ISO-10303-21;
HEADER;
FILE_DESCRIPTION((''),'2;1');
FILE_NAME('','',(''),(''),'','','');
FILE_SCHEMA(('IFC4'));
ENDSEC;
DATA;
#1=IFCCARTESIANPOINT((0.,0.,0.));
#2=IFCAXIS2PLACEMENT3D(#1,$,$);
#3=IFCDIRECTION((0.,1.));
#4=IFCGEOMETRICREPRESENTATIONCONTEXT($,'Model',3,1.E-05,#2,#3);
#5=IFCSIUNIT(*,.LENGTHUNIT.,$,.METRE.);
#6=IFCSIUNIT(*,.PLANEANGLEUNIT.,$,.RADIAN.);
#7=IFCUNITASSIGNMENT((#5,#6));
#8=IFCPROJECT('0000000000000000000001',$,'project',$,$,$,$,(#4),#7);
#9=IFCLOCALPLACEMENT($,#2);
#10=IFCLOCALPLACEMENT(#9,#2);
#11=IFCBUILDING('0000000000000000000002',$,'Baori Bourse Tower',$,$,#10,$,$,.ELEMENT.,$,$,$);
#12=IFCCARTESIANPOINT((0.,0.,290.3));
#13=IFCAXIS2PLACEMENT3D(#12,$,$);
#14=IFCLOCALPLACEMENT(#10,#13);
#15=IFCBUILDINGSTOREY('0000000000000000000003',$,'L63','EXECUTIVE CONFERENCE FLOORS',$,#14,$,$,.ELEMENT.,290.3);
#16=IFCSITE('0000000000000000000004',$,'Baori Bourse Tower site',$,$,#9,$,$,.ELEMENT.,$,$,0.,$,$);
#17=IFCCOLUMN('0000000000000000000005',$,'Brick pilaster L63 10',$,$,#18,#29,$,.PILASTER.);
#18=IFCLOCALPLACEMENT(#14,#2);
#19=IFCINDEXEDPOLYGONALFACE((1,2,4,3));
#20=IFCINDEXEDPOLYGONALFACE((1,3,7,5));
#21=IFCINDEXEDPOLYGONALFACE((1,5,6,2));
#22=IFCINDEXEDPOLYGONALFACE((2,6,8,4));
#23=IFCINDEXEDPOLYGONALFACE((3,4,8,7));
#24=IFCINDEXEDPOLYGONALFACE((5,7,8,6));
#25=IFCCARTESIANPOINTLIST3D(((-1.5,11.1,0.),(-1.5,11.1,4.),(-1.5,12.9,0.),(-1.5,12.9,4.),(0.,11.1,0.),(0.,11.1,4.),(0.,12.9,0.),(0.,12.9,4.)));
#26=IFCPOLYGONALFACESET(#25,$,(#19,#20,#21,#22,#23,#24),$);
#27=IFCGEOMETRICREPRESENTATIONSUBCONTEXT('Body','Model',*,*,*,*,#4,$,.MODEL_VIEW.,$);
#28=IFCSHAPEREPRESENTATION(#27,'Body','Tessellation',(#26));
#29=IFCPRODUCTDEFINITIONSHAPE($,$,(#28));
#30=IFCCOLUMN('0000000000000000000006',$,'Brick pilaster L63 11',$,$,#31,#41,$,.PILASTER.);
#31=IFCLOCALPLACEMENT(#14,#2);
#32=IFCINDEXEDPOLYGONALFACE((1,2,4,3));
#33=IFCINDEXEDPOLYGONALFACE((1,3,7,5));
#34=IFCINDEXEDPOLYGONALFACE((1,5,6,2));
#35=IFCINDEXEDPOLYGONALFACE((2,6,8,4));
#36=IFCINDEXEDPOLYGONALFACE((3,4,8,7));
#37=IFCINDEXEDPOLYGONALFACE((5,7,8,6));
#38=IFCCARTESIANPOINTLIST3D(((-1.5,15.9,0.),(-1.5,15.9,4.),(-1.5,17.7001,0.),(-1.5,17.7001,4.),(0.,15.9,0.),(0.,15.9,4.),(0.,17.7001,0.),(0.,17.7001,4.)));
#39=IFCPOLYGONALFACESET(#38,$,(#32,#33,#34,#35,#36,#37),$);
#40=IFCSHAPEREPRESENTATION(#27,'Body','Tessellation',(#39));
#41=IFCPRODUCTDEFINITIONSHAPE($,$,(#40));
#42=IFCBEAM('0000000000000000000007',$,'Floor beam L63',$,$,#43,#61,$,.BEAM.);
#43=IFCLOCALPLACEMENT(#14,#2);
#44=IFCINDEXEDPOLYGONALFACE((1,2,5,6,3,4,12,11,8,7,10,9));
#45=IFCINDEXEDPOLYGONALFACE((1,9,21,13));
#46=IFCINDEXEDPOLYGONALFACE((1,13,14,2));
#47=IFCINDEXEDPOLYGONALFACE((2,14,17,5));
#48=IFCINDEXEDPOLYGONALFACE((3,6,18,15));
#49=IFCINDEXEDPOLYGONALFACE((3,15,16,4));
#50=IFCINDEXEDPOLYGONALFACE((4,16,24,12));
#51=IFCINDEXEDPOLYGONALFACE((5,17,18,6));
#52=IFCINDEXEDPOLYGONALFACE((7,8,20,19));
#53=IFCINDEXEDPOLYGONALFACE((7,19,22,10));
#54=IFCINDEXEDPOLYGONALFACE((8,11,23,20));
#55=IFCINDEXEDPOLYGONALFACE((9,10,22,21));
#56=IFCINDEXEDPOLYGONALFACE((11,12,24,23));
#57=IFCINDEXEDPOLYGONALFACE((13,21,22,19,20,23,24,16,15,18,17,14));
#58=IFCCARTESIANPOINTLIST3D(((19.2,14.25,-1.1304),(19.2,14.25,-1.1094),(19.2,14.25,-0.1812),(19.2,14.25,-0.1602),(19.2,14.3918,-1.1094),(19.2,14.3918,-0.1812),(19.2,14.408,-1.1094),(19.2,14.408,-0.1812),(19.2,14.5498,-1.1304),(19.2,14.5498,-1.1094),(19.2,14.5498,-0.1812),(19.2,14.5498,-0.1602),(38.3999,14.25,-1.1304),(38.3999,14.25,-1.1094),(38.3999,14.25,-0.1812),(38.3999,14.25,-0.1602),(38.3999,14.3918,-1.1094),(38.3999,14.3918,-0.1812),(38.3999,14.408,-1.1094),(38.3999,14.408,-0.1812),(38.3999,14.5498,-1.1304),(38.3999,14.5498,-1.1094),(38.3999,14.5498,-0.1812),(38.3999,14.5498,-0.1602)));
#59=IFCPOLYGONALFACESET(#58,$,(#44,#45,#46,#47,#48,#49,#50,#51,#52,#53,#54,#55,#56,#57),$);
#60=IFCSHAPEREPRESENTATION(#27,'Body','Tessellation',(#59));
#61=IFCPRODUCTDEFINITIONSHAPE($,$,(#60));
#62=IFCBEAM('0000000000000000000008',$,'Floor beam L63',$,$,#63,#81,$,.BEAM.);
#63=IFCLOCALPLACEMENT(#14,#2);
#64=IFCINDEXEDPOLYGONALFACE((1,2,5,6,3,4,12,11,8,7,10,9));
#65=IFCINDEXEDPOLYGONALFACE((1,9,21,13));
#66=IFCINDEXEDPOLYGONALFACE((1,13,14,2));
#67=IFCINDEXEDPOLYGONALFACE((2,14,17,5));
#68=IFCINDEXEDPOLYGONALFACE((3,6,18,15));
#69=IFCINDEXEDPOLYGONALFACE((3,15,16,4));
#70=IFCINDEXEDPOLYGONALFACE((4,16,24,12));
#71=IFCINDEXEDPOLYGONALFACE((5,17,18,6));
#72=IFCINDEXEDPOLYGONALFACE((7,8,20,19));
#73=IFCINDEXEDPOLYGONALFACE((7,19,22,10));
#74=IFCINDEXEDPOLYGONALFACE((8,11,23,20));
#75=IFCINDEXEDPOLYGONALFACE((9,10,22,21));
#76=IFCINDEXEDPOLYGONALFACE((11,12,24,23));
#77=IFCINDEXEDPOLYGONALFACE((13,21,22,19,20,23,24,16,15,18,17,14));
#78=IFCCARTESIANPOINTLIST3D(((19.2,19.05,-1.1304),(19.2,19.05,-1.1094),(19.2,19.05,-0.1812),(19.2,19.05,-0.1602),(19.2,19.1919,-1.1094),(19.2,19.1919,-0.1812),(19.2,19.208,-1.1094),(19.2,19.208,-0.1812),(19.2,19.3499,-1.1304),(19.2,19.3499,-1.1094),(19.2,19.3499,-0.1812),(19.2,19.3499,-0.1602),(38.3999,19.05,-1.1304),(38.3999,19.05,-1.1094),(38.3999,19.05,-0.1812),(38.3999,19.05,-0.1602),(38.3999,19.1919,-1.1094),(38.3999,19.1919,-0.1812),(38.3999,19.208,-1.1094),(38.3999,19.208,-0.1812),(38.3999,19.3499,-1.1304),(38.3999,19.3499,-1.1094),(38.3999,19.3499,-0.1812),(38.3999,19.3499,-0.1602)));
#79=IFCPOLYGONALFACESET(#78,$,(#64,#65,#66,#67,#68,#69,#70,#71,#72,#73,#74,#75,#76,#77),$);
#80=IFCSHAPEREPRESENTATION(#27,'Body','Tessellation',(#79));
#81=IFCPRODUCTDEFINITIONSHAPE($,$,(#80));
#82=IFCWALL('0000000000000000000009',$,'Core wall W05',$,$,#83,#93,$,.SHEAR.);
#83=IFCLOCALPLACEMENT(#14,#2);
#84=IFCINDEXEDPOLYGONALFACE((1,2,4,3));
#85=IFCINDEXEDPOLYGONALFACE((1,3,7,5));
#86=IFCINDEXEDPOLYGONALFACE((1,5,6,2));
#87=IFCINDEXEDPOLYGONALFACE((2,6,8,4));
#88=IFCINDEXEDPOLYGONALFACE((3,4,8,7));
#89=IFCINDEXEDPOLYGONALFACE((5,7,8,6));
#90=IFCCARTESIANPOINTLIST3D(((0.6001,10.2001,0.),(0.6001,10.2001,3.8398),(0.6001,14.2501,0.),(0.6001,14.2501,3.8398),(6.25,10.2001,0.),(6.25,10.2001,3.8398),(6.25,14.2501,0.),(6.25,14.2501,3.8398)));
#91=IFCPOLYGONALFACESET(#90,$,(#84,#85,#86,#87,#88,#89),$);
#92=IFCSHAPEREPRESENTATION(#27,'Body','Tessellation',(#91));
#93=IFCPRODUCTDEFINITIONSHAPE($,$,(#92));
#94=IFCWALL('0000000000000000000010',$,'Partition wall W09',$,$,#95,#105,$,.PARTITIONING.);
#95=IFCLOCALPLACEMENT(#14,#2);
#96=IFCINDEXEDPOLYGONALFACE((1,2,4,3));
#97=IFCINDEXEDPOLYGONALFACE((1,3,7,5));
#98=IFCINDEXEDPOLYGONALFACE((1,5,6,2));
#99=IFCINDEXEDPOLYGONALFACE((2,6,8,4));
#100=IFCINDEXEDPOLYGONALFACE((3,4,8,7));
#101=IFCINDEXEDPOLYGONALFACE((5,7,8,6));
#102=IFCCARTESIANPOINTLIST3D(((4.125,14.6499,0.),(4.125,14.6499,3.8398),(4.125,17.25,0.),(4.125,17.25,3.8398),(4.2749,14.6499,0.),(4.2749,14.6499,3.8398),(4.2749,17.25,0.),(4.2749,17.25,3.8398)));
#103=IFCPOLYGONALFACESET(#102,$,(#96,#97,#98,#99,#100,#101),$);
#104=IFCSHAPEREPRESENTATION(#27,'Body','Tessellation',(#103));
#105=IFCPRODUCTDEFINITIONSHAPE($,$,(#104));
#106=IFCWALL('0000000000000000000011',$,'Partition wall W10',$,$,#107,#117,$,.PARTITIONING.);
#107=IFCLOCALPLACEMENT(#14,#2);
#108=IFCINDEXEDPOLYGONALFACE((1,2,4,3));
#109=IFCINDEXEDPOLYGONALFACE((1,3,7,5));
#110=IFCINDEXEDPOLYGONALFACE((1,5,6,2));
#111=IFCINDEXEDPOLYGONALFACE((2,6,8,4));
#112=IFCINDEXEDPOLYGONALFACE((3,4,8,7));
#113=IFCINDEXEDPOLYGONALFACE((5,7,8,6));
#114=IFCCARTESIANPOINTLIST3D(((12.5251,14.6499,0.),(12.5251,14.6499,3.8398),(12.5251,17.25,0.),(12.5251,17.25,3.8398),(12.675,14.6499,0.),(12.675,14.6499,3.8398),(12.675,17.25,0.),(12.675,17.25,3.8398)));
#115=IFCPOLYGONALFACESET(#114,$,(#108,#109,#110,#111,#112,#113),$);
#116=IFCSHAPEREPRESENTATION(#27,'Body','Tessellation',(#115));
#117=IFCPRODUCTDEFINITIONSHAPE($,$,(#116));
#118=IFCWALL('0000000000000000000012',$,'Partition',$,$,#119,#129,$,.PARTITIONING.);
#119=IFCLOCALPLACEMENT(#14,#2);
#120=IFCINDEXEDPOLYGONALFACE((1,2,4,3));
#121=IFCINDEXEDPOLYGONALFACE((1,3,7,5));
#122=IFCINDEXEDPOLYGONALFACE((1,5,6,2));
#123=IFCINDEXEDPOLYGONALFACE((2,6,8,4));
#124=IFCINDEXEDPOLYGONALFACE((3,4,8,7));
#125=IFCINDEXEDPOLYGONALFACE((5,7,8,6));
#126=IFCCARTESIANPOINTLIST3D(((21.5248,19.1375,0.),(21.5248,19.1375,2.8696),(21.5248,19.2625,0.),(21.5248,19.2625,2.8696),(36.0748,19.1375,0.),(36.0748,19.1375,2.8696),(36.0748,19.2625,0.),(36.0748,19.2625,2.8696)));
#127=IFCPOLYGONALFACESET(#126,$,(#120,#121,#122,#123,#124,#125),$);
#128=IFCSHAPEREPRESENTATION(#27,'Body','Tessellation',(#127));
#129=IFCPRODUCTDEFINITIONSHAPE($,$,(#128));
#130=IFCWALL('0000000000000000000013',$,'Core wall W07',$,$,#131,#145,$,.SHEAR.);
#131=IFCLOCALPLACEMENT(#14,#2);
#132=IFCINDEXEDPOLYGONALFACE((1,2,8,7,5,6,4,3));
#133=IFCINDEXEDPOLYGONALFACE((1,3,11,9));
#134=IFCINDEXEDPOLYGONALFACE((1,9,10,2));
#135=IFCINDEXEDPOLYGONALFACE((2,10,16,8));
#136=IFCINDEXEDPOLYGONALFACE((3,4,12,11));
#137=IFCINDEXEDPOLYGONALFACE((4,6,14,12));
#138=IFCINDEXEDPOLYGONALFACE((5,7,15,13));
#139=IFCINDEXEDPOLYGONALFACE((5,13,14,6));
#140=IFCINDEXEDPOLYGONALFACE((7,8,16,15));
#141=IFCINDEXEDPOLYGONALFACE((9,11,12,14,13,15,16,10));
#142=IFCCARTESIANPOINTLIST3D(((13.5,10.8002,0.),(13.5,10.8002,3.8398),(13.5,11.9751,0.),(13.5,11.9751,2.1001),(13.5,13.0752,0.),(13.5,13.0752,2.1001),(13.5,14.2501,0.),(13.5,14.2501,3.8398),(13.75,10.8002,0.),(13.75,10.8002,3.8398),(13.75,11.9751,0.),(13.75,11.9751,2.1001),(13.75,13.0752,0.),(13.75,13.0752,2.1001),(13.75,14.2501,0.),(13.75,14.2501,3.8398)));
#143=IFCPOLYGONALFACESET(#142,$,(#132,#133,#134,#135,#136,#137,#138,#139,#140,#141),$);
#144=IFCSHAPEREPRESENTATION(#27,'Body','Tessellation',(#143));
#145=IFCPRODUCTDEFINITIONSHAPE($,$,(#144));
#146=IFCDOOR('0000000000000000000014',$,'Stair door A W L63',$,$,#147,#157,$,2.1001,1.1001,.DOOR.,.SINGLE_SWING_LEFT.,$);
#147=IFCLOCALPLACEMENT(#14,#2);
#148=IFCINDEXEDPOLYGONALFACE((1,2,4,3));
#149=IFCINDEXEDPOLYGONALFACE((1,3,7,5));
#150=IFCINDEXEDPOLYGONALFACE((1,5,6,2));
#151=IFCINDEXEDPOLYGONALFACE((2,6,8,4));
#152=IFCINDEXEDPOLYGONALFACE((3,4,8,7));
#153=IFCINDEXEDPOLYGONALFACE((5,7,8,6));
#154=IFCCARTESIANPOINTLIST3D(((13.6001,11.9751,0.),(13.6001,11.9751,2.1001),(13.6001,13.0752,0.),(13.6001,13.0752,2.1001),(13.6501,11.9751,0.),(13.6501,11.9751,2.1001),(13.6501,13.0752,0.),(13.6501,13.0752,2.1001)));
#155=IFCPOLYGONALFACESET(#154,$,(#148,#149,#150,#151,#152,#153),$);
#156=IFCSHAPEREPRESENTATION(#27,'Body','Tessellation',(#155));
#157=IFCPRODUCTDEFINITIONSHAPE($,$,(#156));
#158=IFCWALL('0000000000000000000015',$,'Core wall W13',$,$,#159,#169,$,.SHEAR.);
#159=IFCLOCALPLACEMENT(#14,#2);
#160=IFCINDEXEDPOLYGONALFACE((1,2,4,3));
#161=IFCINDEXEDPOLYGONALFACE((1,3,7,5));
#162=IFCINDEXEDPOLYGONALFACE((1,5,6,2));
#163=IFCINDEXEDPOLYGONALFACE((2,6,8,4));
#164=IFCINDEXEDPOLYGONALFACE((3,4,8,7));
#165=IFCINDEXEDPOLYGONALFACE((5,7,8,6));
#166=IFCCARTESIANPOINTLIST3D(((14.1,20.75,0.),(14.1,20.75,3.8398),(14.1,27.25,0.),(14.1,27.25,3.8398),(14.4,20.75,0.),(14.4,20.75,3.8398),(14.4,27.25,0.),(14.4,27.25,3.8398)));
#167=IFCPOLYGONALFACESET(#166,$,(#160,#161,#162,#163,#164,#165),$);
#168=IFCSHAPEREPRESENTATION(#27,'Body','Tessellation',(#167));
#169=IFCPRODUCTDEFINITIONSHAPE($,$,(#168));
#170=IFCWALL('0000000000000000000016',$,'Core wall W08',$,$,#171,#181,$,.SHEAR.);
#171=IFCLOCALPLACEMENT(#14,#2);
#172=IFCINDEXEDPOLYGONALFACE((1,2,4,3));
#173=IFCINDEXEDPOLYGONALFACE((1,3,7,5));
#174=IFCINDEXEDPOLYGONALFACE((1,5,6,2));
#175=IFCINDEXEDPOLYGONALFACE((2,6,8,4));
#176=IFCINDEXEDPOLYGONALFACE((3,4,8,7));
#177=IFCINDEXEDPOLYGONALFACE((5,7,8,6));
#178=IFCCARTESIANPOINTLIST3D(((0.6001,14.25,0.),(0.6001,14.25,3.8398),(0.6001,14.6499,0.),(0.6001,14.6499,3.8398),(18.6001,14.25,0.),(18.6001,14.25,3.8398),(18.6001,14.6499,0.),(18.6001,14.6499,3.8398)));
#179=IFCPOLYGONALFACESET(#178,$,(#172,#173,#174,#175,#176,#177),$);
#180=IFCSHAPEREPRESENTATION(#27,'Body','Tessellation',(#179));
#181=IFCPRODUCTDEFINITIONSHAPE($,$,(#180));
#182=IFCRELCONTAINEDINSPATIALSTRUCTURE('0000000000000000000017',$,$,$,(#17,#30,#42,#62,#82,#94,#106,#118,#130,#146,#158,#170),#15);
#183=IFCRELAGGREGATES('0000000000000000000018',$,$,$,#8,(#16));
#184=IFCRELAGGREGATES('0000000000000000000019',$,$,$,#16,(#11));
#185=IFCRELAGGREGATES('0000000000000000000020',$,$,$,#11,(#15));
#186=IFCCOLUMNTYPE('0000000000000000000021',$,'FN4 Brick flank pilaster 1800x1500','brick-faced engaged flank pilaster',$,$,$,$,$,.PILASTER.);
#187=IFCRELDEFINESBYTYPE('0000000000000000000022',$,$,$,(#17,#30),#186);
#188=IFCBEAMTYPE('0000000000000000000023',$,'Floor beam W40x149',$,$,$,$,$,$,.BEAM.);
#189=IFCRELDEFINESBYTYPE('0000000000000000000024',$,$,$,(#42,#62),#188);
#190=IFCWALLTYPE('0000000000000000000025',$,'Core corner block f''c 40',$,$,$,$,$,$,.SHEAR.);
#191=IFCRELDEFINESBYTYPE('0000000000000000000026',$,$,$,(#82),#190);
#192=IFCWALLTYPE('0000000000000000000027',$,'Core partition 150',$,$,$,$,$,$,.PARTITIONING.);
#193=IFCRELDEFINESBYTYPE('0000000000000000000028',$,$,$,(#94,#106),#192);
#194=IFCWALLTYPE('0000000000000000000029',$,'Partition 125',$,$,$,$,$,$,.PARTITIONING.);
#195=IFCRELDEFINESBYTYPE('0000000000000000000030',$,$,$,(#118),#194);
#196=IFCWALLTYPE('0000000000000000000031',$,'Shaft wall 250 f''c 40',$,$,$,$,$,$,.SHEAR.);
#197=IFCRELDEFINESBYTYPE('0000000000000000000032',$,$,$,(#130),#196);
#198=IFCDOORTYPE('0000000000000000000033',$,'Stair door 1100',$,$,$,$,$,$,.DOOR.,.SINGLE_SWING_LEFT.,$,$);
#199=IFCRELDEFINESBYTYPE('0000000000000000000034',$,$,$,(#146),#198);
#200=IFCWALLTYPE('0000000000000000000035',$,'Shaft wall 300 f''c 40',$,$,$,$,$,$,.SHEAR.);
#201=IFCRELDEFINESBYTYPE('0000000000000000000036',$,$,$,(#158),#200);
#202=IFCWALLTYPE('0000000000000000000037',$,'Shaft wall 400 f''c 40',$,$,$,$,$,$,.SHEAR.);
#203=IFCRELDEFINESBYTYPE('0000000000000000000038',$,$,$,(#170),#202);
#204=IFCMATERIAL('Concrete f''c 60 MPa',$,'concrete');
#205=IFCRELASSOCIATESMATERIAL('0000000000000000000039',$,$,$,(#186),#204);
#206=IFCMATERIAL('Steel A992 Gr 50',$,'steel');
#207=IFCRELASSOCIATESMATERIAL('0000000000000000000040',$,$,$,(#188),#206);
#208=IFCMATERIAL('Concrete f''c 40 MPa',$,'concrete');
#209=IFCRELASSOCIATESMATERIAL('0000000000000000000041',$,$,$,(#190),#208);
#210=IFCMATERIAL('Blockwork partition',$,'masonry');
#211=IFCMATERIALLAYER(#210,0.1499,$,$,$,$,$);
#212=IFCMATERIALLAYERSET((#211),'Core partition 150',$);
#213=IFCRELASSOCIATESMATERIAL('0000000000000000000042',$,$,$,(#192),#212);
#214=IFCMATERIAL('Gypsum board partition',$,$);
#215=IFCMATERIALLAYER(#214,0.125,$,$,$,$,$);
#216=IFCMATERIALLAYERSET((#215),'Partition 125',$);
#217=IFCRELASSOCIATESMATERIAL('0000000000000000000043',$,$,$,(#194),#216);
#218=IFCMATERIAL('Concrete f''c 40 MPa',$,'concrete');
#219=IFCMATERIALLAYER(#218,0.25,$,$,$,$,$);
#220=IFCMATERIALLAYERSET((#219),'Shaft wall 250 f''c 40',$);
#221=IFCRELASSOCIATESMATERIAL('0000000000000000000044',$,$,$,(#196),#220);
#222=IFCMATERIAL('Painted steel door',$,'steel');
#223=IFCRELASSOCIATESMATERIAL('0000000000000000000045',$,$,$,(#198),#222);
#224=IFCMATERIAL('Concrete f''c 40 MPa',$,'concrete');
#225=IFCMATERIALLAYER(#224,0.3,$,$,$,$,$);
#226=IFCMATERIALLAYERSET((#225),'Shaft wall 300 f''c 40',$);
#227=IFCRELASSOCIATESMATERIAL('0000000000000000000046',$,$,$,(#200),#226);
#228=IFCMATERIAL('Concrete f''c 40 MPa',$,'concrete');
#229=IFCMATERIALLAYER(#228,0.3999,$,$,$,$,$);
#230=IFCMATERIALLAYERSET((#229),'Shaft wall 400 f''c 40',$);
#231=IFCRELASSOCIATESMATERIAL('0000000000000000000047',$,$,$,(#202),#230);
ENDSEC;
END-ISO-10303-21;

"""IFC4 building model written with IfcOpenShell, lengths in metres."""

from ifc_helpers import new_model, si_unit, direction, frame, frame_2d, origin, origin_2d, place, context, subcontext, project, spatial, rectangle, i_section, extrude, material, layer, layer_set, material_profile, profile_set, type_object, element, fill, save


model = new_model("IFC4")

# Units and contexts
model_context = context("Model", 3, precision=1e-05, world=origin(), true_north=direction((0.0, 1.0)))
body_context = subcontext(model_context, "Body", "Model", "MODEL_VIEW")
ifc_project = project(units=[si_unit("LENGTHUNIT", "METRE"), si_unit("PLANEANGLEUNIT", "RADIAN")], contexts=[model_context])

# Site, building, storey
site_placement = place(None, origin())
site = spatial("IfcSite", under=ifc_project, at=site_placement, Name="Baori Bourse Tower site", CompositionType="ELEMENT", RefElevation=0.0)
building_placement = place(site_placement, origin())
building = spatial("IfcBuilding", under=site, at=building_placement, Name="Baori Bourse Tower", CompositionType="ELEMENT")
storey_placement = place(building_placement, frame((0.0, 0.0, 290.3)))
storey = spatial("IfcBuildingStorey", under=building, at=storey_placement, Name="L63", Description="EXECUTIVE CONFERENCE FLOORS", CompositionType="ELEMENT", Elevation=290.3)

# Columns
ifc_material_1 = material(Name="Concrete f'c 60 MPa", Category="concrete")
ifc_material_profile_1 = material_profile(ifc_material_1, rectangle(XDim=1.8, YDim=1.5, at=origin_2d()), Name="RC 1800x1500")
ifc_profile_set_1 = profile_set([ifc_material_profile_1], Name="Concrete f'c 60 MPa")
column_type = type_object("IfcColumnType", Name="FN4 Brick flank pilaster 1800x1500", Description="brick-faced engaged flank pilaster", PredefinedType="PILASTER", material=ifc_profile_set_1)
for number, where, z_axis, x_axis, name in (
    (1, (-0.75, 12.0, 0.0), (0.0, 0.0, 1.0), (0.0, 1.0, 0.0), "Brick pilaster L63 10"),
    (2, (-0.75, 16.8, 0.0), (0.0, 0.0, 1.0), (0.0, 1.0, 0.0), "Brick pilaster L63 11"),
):
    element("IfcColumn", number, at=place(storey_placement, frame(where, z_axis=z_axis, x_axis=x_axis)), inside=storey, type_object=column_type, Name=name, PredefinedType="PILASTER", context=body_context, shape_type="SweptSolid", body=[
        extrude(rectangle(XDim=1.8, YDim=1.5, at=origin_2d()), origin(), (0.0, 0.0, 1.0), 4.0),
    ])

# Beams
ifc_material_2 = material(Name="Steel A992 Gr 50", Category="steel")
ifc_material_profile_2 = material_profile(ifc_material_2, i_section(OverallWidth=0.2998, OverallDepth=0.9702, WebThickness=0.0161, FlangeThickness=0.021, at=origin_2d()), Name="W40x149")
ifc_profile_set_2 = profile_set([ifc_material_profile_2], Name="Steel A992 Gr 50")
beam_type = type_object("IfcBeamType", Name="Floor beam W40x149", PredefinedType="BEAM", material=ifc_profile_set_2)
for number, where, z_axis, x_axis, name in (
    (3, (19.2, 14.3999, -0.6453), (1.0, 0.0, 0.0), (0.0, 1.0, 0.0), "Floor beam L63"),
    (4, (19.2, 19.2, -0.6453), (1.0, 0.0, 0.0), (0.0, 1.0, 0.0), "Floor beam L63"),
):
    element("IfcBeam", number, at=place(storey_placement, frame(where, z_axis=z_axis, x_axis=x_axis)), inside=storey, type_object=beam_type, Name=name, PredefinedType="BEAM", context=body_context, shape_type="SweptSolid", body=[
        extrude(i_section(OverallWidth=0.2998, OverallDepth=0.9702, WebThickness=0.0161, FlangeThickness=0.021, at=origin_2d()), origin(), (0.0, 0.0, 1.0), 19.2),
    ])

# Walls
ifc_material_3 = material(Name="Concrete f'c 40 MPa", Category="concrete")
wall_type_1 = type_object("IfcWallType", Name="Core corner block f'c 40", PredefinedType="SHEAR", material=ifc_material_3)
wall_1_placement = place(storey_placement, frame((0.6001, 12.2251, 0.0), z_axis=(0.0, 0.0, 1.0), x_axis=(1.0, 0.0, 0.0)))
element("IfcWall", 5, at=wall_1_placement, inside=storey, type_object=wall_type_1, Name="Core wall W05", PredefinedType="SHEAR", context=body_context, shape_type="SweptSolid", body=[
    extrude(rectangle(XDim=5.6499, YDim=4.05, at=frame_2d((2.825, 0.0))), origin(), (0.0, 0.0, 1.0), 3.8398),
])
ifc_material_4 = material(Name="Blockwork partition", Category="masonry")
ifc_layer_1 = layer(ifc_material_4, 0.1499)
ifc_layer_set_1 = layer_set([ifc_layer_1], Name="Core partition 150")
wall_type_2 = type_object("IfcWallType", Name="Core partition 150", PredefinedType="PARTITIONING", material=ifc_layer_set_1)
for number, where, z_axis, x_axis, name in (
    (6, (4.2, 14.6499, 0.0), (0.0, 0.0, 1.0), (0.0, 1.0, 0.0), "Partition wall W09"),
    (7, (12.6001, 14.6499, 0.0), (0.0, 0.0, 1.0), (0.0, 1.0, 0.0), "Partition wall W10"),
):
    element("IfcWall", number, at=place(storey_placement, frame(where, z_axis=z_axis, x_axis=x_axis)), inside=storey, type_object=wall_type_2, Name=name, PredefinedType="PARTITIONING", context=body_context, shape_type="SweptSolid", body=[
        extrude(rectangle(XDim=2.6001, YDim=0.1499, at=frame_2d((1.3, 0.0))), origin(), (0.0, 0.0, 1.0), 3.8398),
    ])
ifc_material_5 = material(Name="Gypsum board partition")
ifc_layer_2 = layer(ifc_material_5, 0.125)
ifc_layer_set_2 = layer_set([ifc_layer_2], Name="Partition 125")
wall_type_3 = type_object("IfcWallType", Name="Partition 125", PredefinedType="PARTITIONING", material=ifc_layer_set_2)
wall_2_placement = place(storey_placement, frame((21.5249, 19.2, 0.0), z_axis=(0.0, 0.0, 1.0), x_axis=(1.0, 0.0, 0.0)))
element("IfcWall", 8, at=wall_2_placement, inside=storey, type_object=wall_type_3, Name="Partition", PredefinedType="PARTITIONING", context=body_context, shape_type="SweptSolid", body=[
    extrude(rectangle(XDim=14.55, YDim=0.125, at=frame_2d((7.2749, 0.0))), origin(), (0.0, 0.0, 1.0), 2.8696),
])

# Wall, opening, door
ifc_material_6 = material(Name="Concrete f'c 40 MPa", Category="concrete")
ifc_layer_3 = layer(ifc_material_6, 0.25)
ifc_layer_set_3 = layer_set([ifc_layer_3], Name="Shaft wall 250 f'c 40")
wall_type_4 = type_object("IfcWallType", Name="Shaft wall 250 f'c 40", PredefinedType="SHEAR", material=ifc_layer_set_3)
wall_3_placement = place(storey_placement, frame((13.625, 10.8, 0.0), z_axis=(0.0, 0.0, 1.0), x_axis=(0.0, 1.0, 0.0)))
wall_3 = element("IfcWall", 9, at=wall_3_placement, inside=storey, type_object=wall_type_4, Name="Core wall W07", PredefinedType="SHEAR", context=body_context, shape_type="SweptSolid", body=[
    extrude(rectangle(XDim=3.45, YDim=0.25, at=frame_2d((1.7251, 0.0))), origin(), (0.0, 0.0, 1.0), 3.8398),
])
opening_1_placement = place(wall_3_placement, frame((1.175, 0.0, 0.0)))
opening_1 = element("IfcOpeningElement", 10, at=opening_1_placement, cuts=wall_3, PredefinedType="OPENING", context=body_context, shape_type="SweptSolid", body=[
    extrude(rectangle(XDim=1.1001, YDim=2.1001, at=frame_2d((0.55, 1.05))), frame((0.0, 0.135, 0.0), z_axis=(0.0, -1.0, 0.0), x_axis=(1.0, 0.0, 0.0)), (0.0, 0.0, 1.0), 0.27),
])
ifc_material_7 = material(Name="Painted steel door", Category="steel")
door_type_1 = type_object("IfcDoorType", Name="Stair door 1100", OperationType="SINGLE_SWING_LEFT", PredefinedType="DOOR", material=ifc_material_7)
door_1_placement = place(opening_1_placement, origin())
door_1 = element("IfcDoor", 11, at=door_1_placement, inside=storey, type_object=door_type_1, Name="Stair door A W L63", OperationType="SINGLE_SWING_LEFT", OverallHeight=2.1001, OverallWidth=1.1001, PredefinedType="DOOR", context=body_context, shape_type="SweptSolid", body=[
    extrude(rectangle(XDim=1.1001, YDim=2.1001, at=frame_2d((0.55, 1.05))), frame((0.0, 0.0249, 0.0), z_axis=(0.0, -1.0, 0.0), x_axis=(1.0, 0.0, 0.0)), (0.0, 0.0, 1.0), 0.05),
])
fill(opening_1, door_1)

# Walls
ifc_material_8 = material(Name="Concrete f'c 40 MPa", Category="concrete")
ifc_layer_4 = layer(ifc_material_8, 0.3)
ifc_layer_set_4 = layer_set([ifc_layer_4], Name="Shaft wall 300 f'c 40")
wall_type_5 = type_object("IfcWallType", Name="Shaft wall 300 f'c 40", PredefinedType="SHEAR", material=ifc_layer_set_4)
wall_4_placement = place(storey_placement, frame((14.25, 20.75, 0.0), z_axis=(0.0, 0.0, 1.0), x_axis=(0.0, 1.0, 0.0)))
element("IfcWall", 12, at=wall_4_placement, inside=storey, type_object=wall_type_5, Name="Core wall W13", PredefinedType="SHEAR", context=body_context, shape_type="SweptSolid", body=[
    extrude(rectangle(XDim=6.5, YDim=0.3, at=frame_2d((3.25, 0.0))), origin(), (0.0, 0.0, 1.0), 3.8398),
])
ifc_material_9 = material(Name="Concrete f'c 40 MPa", Category="concrete")
ifc_layer_5 = layer(ifc_material_9, 0.3999)
ifc_layer_set_5 = layer_set([ifc_layer_5], Name="Shaft wall 400 f'c 40")
wall_type_6 = type_object("IfcWallType", Name="Shaft wall 400 f'c 40", PredefinedType="SHEAR", material=ifc_layer_set_5)
wall_5_placement = place(storey_placement, frame((0.6001, 14.45, 0.0), z_axis=(0.0, 0.0, 1.0), x_axis=(1.0, 0.0, 0.0)))
element("IfcWall", 13, at=wall_5_placement, inside=storey, type_object=wall_type_6, Name="Core wall W08", PredefinedType="SHEAR", context=body_context, shape_type="SweptSolid", body=[
    extrude(rectangle(XDim=18.0, YDim=0.3999, at=frame_2d((9.0, 0.0))), origin(), (0.0, 0.0, 1.0), 3.8398),
])

save(model, "model.ifc")
